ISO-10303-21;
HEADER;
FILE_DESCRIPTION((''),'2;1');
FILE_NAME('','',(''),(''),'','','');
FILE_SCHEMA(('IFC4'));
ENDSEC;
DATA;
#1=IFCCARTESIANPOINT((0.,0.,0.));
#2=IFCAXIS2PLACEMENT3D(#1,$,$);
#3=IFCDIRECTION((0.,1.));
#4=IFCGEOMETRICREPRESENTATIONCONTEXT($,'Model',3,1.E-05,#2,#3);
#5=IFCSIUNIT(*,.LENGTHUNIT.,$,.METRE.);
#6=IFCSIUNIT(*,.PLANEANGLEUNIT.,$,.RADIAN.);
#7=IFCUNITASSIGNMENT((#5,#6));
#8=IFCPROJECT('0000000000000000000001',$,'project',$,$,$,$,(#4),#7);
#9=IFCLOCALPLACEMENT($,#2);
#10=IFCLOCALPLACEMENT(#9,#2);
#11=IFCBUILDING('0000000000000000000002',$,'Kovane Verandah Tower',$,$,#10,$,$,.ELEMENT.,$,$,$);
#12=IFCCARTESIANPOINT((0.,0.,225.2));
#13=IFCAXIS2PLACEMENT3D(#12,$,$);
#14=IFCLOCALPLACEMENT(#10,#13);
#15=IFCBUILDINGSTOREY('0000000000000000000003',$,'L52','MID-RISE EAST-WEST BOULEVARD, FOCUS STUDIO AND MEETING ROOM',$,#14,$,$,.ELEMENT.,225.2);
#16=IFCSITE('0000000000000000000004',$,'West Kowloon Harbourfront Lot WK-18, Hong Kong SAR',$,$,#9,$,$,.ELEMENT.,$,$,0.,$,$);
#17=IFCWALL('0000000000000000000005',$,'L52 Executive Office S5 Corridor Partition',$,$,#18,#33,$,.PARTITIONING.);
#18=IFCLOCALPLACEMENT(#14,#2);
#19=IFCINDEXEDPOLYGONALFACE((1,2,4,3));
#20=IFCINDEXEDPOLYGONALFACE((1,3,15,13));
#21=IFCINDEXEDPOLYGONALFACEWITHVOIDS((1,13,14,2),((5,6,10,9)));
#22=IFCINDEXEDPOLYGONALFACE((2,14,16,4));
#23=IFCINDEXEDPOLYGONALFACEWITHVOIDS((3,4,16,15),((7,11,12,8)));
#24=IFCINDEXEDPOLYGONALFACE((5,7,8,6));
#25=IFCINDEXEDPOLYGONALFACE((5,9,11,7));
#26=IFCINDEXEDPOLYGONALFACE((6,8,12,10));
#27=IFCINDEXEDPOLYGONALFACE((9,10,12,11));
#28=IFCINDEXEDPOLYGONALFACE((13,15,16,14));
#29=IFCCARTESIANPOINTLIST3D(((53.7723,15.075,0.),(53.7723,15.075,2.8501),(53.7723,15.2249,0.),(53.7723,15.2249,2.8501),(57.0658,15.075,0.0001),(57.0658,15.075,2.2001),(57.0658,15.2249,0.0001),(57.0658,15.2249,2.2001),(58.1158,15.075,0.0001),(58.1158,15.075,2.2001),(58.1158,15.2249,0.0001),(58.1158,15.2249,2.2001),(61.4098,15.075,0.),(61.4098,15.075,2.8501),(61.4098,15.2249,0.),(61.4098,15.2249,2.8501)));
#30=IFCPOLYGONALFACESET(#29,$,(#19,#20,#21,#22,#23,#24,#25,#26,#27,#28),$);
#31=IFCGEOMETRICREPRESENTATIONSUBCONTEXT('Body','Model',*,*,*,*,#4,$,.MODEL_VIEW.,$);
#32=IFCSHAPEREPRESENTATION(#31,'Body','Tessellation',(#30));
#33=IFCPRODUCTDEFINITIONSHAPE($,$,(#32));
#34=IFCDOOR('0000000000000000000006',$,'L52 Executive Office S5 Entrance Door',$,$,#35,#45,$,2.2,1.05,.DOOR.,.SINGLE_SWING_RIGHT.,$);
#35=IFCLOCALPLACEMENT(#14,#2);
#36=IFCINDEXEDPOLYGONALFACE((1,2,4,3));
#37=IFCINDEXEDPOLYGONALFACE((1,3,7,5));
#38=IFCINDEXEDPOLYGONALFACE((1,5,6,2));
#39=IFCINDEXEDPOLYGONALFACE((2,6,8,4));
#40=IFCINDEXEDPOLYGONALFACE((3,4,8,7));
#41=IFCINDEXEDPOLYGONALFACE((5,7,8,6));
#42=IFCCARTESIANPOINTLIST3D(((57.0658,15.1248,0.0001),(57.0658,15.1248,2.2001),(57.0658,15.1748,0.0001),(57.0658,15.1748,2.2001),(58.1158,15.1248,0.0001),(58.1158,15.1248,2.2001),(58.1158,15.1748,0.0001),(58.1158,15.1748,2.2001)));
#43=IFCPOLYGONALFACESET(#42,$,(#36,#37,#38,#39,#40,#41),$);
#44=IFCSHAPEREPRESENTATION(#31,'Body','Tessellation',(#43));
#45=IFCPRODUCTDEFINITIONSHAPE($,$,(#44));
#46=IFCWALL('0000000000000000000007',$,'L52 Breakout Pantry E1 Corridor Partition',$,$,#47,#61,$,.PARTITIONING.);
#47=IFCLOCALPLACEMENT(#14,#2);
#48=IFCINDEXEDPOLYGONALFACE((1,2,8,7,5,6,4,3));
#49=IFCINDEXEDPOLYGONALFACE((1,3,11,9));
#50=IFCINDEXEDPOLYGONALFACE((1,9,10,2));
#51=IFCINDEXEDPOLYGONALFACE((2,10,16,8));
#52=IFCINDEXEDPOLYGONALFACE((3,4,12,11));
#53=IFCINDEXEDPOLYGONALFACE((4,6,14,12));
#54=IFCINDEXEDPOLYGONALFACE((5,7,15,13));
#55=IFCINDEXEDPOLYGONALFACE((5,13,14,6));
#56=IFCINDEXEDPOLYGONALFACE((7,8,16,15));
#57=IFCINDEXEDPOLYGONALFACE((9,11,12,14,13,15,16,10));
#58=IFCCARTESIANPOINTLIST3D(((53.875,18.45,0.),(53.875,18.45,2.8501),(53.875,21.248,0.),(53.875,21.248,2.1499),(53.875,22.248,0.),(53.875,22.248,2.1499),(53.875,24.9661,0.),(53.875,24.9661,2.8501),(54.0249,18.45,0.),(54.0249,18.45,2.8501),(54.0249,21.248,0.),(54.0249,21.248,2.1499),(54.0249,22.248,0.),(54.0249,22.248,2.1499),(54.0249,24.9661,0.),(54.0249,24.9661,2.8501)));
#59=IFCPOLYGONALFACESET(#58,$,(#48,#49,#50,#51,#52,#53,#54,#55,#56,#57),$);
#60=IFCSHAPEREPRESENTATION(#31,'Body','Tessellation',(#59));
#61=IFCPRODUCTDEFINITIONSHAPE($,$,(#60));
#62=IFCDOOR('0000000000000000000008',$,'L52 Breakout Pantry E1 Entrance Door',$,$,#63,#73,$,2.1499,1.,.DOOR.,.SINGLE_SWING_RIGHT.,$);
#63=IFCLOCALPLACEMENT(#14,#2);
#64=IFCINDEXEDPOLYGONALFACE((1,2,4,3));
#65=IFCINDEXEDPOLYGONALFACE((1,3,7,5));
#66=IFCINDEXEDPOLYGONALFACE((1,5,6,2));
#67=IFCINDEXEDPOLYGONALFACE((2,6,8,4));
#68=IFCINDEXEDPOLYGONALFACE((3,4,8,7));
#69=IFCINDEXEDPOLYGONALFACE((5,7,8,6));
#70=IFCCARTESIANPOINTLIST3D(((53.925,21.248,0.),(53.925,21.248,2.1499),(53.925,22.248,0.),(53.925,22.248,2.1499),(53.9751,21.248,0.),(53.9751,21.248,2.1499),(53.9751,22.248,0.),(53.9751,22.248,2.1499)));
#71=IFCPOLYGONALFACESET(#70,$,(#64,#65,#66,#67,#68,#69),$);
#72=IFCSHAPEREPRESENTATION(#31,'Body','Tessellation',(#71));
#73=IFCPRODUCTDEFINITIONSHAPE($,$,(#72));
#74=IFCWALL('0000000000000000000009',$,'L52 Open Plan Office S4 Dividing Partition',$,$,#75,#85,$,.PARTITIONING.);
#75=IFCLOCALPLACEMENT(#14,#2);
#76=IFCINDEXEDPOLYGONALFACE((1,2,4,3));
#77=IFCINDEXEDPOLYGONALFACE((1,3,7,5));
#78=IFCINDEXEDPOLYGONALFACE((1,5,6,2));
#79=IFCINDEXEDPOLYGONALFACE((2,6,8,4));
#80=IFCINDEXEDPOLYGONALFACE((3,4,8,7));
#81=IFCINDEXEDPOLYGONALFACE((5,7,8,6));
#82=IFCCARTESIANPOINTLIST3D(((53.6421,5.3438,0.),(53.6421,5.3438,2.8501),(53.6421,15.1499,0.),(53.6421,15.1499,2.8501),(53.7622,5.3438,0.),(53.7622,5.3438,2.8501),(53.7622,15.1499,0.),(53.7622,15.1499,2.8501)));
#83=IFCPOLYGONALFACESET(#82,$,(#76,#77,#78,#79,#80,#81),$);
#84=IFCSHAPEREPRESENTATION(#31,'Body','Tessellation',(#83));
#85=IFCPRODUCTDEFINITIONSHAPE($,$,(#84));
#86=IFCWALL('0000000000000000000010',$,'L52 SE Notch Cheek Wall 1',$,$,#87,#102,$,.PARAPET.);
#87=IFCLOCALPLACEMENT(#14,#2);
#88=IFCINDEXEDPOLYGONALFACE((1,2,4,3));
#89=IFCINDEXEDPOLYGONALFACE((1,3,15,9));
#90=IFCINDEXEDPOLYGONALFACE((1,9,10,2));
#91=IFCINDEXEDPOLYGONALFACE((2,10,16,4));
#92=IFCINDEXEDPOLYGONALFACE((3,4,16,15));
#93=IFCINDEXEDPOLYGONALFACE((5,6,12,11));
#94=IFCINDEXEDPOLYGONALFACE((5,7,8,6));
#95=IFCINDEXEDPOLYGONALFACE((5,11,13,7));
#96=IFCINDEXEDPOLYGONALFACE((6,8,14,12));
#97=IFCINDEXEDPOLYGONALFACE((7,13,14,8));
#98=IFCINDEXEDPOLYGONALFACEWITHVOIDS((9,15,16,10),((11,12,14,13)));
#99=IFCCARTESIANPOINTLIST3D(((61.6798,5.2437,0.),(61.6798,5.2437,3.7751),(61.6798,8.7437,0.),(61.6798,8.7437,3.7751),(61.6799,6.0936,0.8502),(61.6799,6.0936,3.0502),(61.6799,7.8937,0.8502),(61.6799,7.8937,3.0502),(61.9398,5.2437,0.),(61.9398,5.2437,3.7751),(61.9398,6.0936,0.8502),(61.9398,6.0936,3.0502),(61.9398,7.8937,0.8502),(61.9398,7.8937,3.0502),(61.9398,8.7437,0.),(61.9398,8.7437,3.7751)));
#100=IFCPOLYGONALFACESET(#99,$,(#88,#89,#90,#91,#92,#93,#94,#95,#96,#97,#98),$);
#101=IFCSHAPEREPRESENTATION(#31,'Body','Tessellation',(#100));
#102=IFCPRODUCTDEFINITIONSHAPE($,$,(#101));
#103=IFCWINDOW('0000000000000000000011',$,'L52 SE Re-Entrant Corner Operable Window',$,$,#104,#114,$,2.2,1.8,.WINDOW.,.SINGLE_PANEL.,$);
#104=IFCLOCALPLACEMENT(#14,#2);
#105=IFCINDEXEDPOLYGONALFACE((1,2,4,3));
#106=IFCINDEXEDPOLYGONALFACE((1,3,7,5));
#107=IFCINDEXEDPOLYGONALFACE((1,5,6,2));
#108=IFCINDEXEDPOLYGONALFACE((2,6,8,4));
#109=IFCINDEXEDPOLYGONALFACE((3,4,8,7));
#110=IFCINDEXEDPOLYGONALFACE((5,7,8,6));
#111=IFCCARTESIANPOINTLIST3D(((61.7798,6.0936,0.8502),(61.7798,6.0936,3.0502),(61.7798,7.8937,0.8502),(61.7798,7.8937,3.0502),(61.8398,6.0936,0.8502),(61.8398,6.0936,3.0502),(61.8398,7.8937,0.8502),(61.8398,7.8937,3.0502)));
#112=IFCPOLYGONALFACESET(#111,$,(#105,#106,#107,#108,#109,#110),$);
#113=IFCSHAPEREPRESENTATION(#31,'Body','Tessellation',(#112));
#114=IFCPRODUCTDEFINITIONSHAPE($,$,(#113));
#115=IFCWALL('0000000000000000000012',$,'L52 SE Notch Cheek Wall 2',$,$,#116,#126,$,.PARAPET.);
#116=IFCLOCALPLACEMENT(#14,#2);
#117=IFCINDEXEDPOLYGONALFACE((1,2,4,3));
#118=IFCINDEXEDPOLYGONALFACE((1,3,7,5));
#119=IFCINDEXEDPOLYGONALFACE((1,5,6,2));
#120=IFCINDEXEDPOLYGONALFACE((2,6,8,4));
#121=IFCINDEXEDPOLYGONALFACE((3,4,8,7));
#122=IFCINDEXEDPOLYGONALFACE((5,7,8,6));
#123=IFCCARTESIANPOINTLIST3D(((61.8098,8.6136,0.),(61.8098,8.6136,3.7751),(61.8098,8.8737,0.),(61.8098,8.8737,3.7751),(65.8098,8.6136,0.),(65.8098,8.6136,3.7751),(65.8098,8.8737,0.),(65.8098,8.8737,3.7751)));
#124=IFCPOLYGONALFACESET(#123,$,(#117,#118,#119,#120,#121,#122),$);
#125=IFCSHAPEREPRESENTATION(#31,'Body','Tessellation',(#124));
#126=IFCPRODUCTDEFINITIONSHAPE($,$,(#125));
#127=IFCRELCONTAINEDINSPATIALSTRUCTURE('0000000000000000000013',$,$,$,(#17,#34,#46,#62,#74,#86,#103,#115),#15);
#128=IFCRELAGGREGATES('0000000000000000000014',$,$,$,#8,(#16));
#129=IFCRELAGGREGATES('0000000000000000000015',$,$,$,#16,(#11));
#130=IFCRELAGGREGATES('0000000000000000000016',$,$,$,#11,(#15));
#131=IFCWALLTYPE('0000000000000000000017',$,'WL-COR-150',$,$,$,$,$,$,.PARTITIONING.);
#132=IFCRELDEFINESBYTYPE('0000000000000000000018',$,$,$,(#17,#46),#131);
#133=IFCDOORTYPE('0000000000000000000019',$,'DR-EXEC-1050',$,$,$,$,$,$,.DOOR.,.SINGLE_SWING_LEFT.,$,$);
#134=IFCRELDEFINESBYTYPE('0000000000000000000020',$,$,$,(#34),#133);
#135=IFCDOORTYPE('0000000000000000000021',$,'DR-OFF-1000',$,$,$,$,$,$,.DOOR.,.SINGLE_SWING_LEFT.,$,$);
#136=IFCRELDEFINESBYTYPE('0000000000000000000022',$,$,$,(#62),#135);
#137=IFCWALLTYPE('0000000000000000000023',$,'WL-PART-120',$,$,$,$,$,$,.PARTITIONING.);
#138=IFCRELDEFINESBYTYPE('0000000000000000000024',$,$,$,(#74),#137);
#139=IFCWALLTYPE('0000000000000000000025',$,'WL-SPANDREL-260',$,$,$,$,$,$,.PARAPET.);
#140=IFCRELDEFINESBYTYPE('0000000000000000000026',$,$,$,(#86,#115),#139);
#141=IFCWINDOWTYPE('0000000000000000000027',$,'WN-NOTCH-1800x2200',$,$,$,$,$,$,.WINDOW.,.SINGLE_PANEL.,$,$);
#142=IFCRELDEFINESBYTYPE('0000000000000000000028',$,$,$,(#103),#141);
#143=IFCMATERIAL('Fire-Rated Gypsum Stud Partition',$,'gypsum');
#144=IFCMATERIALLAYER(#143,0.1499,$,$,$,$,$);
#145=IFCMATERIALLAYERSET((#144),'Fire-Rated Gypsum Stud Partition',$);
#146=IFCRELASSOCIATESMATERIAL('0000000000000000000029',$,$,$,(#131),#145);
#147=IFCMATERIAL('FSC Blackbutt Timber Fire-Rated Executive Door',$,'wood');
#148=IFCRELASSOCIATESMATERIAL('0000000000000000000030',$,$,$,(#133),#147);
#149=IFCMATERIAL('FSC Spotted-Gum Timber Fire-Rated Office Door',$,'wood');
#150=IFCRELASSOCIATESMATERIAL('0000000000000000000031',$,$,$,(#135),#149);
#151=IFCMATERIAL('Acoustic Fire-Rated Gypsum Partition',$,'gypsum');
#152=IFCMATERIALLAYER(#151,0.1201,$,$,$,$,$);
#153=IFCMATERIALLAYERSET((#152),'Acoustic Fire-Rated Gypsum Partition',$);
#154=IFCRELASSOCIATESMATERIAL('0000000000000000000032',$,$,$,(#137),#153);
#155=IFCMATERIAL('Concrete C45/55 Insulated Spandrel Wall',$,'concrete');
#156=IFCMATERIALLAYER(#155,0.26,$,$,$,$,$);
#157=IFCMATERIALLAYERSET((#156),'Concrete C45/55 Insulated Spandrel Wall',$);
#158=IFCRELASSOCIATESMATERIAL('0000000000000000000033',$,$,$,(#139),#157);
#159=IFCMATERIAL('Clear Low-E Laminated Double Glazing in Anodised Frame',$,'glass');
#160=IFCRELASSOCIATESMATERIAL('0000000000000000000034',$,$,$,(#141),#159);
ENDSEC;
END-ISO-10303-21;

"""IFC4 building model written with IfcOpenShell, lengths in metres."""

from ifc_helpers import new_model, si_unit, direction, frame, frame_2d, origin, place, context, subcontext, project, spatial, rectangle, extrude, material, layer, layer_set, type_object, element, fill, save


model = new_model("IFC4")

# Units and contexts
model_context = context("Model", 3, precision=1e-05, world=origin(), true_north=direction((0.0, 1.0)))
body_context = subcontext(model_context, "Body", "Model", "MODEL_VIEW")
ifc_project = project(units=[si_unit("LENGTHUNIT", "METRE"), si_unit("PLANEANGLEUNIT", "RADIAN")], contexts=[model_context])

# Site, building, storey
site_placement = place(None, origin())
site = spatial("IfcSite", under=ifc_project, at=site_placement, Name="West Kowloon Harbourfront Lot WK-18, Hong Kong SAR", CompositionType="ELEMENT", RefElevation=0.0)
building_placement = place(site_placement, origin())
building = spatial("IfcBuilding", under=site, at=building_placement, Name="Kovane Verandah Tower", CompositionType="ELEMENT")
storey_placement = place(building_placement, frame((0.0, 0.0, 225.2)))
storey = spatial("IfcBuildingStorey", under=building, at=storey_placement, Name="L52", Description="MID-RISE EAST-WEST BOULEVARD, FOCUS STUDIO AND MEETING ROOM", CompositionType="ELEMENT", Elevation=225.2)

# Walls, openings, doors
ifc_material_1 = material(Name="Fire-Rated Gypsum Stud Partition", Category="gypsum")
ifc_layer_1 = layer(ifc_material_1, 0.1499)
ifc_layer_set_1 = layer_set([ifc_layer_1], Name="Fire-Rated Gypsum Stud Partition")
wall_type_1 = type_object("IfcWallType", Name="WL-COR-150", PredefinedType="PARTITIONING", material=ifc_layer_set_1)
wall_1_placement = place(storey_placement, frame((53.7722, 15.1499, 0.0), z_axis=(0.0, 0.0, 1.0), x_axis=(1.0, 0.0, 0.0)))
wall_1 = element("IfcWall", 1, at=wall_1_placement, inside=storey, type_object=wall_type_1, Name="L52 Executive Office S5 Corridor Partition", PredefinedType="PARTITIONING", context=body_context, shape_type="SweptSolid", body=[
    extrude(rectangle(XDim=7.6375, YDim=0.1499, at=frame_2d((3.8188, 0.0))), origin(), (0.0, 0.0, 1.0), 2.8501),
])
opening_1_placement = place(wall_1_placement, frame((3.2937, 0.0, 0.0)))
opening_1 = element("IfcOpeningElement", 2, at=opening_1_placement, cuts=wall_1, PredefinedType="OPENING", context=body_context, shape_type="SweptSolid", body=[
    extrude(rectangle(XDim=1.05, YDim=2.2, at=frame_2d((0.5249, 1.1001))), frame((0.0, 0.075, 0.0), z_axis=(0.0, -1.0, 0.0), x_axis=(1.0, 0.0, 0.0)), (0.0, 0.0, 1.0), 0.1499),
])
ifc_material_2 = material(Name="FSC Blackbutt Timber Fire-Rated Executive Door", Category="wood")
door_type_1 = type_object("IfcDoorType", Name="DR-EXEC-1050", OperationType="SINGLE_SWING_LEFT", PredefinedType="DOOR", material=ifc_material_2)
door_1_placement = place(opening_1_placement, origin())
door_1 = element("IfcDoor", 3, at=door_1_placement, inside=storey, type_object=door_type_1, Name="L52 Executive Office S5 Entrance Door", OperationType="SINGLE_SWING_RIGHT", OverallHeight=2.2, OverallWidth=1.05, PredefinedType="DOOR", context=body_context, shape_type="SweptSolid", body=[
    extrude(rectangle(XDim=1.05, YDim=2.2, at=frame_2d((0.5249, 1.1001))), frame((0.0, 0.0249, 0.0), z_axis=(0.0, -1.0, 0.0), x_axis=(1.0, 0.0, 0.0)), (0.0, 0.0, 1.0), 0.05),
])
fill(opening_1, door_1)
wall_2_placement = place(storey_placement, frame((53.95, 18.45, 0.0), z_axis=(0.0, 0.0, 1.0), x_axis=(0.0, 1.0, 0.0)))
wall_2 = element("IfcWall", 4, at=wall_2_placement, inside=storey, type_object=wall_type_1, Name="L52 Breakout Pantry E1 Corridor Partition", PredefinedType="PARTITIONING", context=body_context, shape_type="SweptSolid", body=[
    extrude(rectangle(XDim=6.5161, YDim=0.1499, at=frame_2d((3.2581, 0.0))), origin(), (0.0, 0.0, 1.0), 2.8501),
])
opening_2_placement = place(wall_2_placement, frame((2.7981, 0.0, 0.0)))
opening_2 = element("IfcOpeningElement", 5, at=opening_2_placement, cuts=wall_2, PredefinedType="OPENING", context=body_context, shape_type="SweptSolid", body=[
    extrude(rectangle(XDim=1.0, YDim=2.1499, at=frame_2d((0.5, 1.075))), frame((0.0, 0.075, 0.0), z_axis=(0.0, -1.0, 0.0), x_axis=(1.0, 0.0, 0.0)), (0.0, 0.0, 1.0), 0.1499),
])
ifc_material_3 = material(Name="FSC Spotted-Gum Timber Fire-Rated Office Door", Category="wood")
door_type_2 = type_object("IfcDoorType", Name="DR-OFF-1000", OperationType="SINGLE_SWING_LEFT", PredefinedType="DOOR", material=ifc_material_3)
door_2_placement = place(opening_2_placement, origin())
door_2 = element("IfcDoor", 6, at=door_2_placement, inside=storey, type_object=door_type_2, Name="L52 Breakout Pantry E1 Entrance Door", OperationType="SINGLE_SWING_RIGHT", OverallHeight=2.1499, OverallWidth=1.0, PredefinedType="DOOR", context=body_context, shape_type="SweptSolid", body=[
    extrude(rectangle(XDim=1.0, YDim=2.1499, at=frame_2d((0.5, 1.075))), frame((0.0, 0.0249, 0.0), z_axis=(0.0, -1.0, 0.0), x_axis=(1.0, 0.0, 0.0)), (0.0, 0.0, 1.0), 0.05),
])
fill(opening_2, door_2)

# Wall
ifc_material_4 = material(Name="Acoustic Fire-Rated Gypsum Partition", Category="gypsum")
ifc_layer_2 = layer(ifc_material_4, 0.1201)
ifc_layer_set_2 = layer_set([ifc_layer_2], Name="Acoustic Fire-Rated Gypsum Partition")
wall_type_2 = type_object("IfcWallType", Name="WL-PART-120", PredefinedType="PARTITIONING", material=ifc_layer_set_2)
wall_3_placement = place(storey_placement, frame((53.7021, 5.3438, 0.0), z_axis=(0.0, 0.0, 1.0), x_axis=(0.0, 1.0, 0.0)))
element("IfcWall", 7, at=wall_3_placement, inside=storey, type_object=wall_type_2, Name="L52 Open Plan Office S4 Dividing Partition", PredefinedType="PARTITIONING", context=body_context, shape_type="SweptSolid", body=[
    extrude(rectangle(XDim=9.8062, YDim=0.1201, at=frame_2d((4.9031, 0.0))), origin(), (0.0, 0.0, 1.0), 2.8501),
])

# Wall, opening, window
ifc_material_5 = material(Name="Concrete C45/55 Insulated Spandrel Wall", Category="concrete")
ifc_layer_3 = layer(ifc_material_5, 0.26)
ifc_layer_set_3 = layer_set([ifc_layer_3], Name="Concrete C45/55 Insulated Spandrel Wall")
wall_type_3 = type_object("IfcWallType", Name="WL-SPANDREL-260", PredefinedType="PARAPET", material=ifc_layer_set_3)
wall_4_placement = place(storey_placement, frame((61.8098, 5.2437, 0.0), z_axis=(0.0, 0.0, 1.0), x_axis=(0.0, 1.0, 0.0)))
wall_4 = element("IfcWall", 8, at=wall_4_placement, inside=storey, type_object=wall_type_3, Name="L52 SE Notch Cheek Wall 1", PredefinedType="PARAPET", context=body_context, shape_type="SweptSolid", body=[
    extrude(rectangle(XDim=3.5, YDim=0.26, at=frame_2d((1.75, 0.0))), origin(), (0.0, 0.0, 1.0), 3.7751),
])
opening_3_placement = place(wall_4_placement, frame((0.8501, 0.0, 0.8501)))
opening_3 = element("IfcOpeningElement", 9, at=opening_3_placement, cuts=wall_4, PredefinedType="OPENING", context=body_context, shape_type="SweptSolid", body=[
    extrude(rectangle(XDim=1.8, YDim=2.2, at=frame_2d((0.8999, 1.1001))), frame((0.0, 0.1299, 0.0), z_axis=(0.0, -1.0, 0.0), x_axis=(1.0, 0.0, 0.0)), (0.0, 0.0, 1.0), 0.26),
])
ifc_material_6 = material(Name="Clear Low-E Laminated Double Glazing in Anodised Frame", Category="glass")
window_type = type_object("IfcWindowType", Name="WN-NOTCH-1800x2200", PartitioningType="SINGLE_PANEL", PredefinedType="WINDOW", material=ifc_material_6)
window_placement = place(opening_3_placement, origin())
window = element("IfcWindow", 10, at=window_placement, inside=storey, type_object=window_type, Name="L52 SE Re-Entrant Corner Operable Window", OverallHeight=2.2, OverallWidth=1.8, PartitioningType="SINGLE_PANEL", PredefinedType="WINDOW", context=body_context, shape_type="SweptSolid", body=[
    extrude(rectangle(XDim=1.8, YDim=2.2, at=frame_2d((0.8999, 1.1001))), frame((0.0, 0.03, 0.0), z_axis=(0.0, -1.0, 0.0), x_axis=(1.0, 0.0, 0.0)), (0.0, 0.0, 1.0), 0.0601),
])
fill(opening_3, window)

# Wall
wall_5_placement = place(storey_placement, frame((61.8098, 8.7437, 0.0), z_axis=(0.0, 0.0, 1.0), x_axis=(1.0, 0.0, 0.0)))
element("IfcWall", 11, at=wall_5_placement, inside=storey, type_object=wall_type_3, Name="L52 SE Notch Cheek Wall 2", PredefinedType="PARAPET", context=body_context, shape_type="SweptSolid", body=[
    extrude(rectangle(XDim=4.0, YDim=0.26, at=frame_2d((2.0, 0.0))), origin(), (0.0, 0.0, 1.0), 3.7751),
])

save(model, "model.ifc")
